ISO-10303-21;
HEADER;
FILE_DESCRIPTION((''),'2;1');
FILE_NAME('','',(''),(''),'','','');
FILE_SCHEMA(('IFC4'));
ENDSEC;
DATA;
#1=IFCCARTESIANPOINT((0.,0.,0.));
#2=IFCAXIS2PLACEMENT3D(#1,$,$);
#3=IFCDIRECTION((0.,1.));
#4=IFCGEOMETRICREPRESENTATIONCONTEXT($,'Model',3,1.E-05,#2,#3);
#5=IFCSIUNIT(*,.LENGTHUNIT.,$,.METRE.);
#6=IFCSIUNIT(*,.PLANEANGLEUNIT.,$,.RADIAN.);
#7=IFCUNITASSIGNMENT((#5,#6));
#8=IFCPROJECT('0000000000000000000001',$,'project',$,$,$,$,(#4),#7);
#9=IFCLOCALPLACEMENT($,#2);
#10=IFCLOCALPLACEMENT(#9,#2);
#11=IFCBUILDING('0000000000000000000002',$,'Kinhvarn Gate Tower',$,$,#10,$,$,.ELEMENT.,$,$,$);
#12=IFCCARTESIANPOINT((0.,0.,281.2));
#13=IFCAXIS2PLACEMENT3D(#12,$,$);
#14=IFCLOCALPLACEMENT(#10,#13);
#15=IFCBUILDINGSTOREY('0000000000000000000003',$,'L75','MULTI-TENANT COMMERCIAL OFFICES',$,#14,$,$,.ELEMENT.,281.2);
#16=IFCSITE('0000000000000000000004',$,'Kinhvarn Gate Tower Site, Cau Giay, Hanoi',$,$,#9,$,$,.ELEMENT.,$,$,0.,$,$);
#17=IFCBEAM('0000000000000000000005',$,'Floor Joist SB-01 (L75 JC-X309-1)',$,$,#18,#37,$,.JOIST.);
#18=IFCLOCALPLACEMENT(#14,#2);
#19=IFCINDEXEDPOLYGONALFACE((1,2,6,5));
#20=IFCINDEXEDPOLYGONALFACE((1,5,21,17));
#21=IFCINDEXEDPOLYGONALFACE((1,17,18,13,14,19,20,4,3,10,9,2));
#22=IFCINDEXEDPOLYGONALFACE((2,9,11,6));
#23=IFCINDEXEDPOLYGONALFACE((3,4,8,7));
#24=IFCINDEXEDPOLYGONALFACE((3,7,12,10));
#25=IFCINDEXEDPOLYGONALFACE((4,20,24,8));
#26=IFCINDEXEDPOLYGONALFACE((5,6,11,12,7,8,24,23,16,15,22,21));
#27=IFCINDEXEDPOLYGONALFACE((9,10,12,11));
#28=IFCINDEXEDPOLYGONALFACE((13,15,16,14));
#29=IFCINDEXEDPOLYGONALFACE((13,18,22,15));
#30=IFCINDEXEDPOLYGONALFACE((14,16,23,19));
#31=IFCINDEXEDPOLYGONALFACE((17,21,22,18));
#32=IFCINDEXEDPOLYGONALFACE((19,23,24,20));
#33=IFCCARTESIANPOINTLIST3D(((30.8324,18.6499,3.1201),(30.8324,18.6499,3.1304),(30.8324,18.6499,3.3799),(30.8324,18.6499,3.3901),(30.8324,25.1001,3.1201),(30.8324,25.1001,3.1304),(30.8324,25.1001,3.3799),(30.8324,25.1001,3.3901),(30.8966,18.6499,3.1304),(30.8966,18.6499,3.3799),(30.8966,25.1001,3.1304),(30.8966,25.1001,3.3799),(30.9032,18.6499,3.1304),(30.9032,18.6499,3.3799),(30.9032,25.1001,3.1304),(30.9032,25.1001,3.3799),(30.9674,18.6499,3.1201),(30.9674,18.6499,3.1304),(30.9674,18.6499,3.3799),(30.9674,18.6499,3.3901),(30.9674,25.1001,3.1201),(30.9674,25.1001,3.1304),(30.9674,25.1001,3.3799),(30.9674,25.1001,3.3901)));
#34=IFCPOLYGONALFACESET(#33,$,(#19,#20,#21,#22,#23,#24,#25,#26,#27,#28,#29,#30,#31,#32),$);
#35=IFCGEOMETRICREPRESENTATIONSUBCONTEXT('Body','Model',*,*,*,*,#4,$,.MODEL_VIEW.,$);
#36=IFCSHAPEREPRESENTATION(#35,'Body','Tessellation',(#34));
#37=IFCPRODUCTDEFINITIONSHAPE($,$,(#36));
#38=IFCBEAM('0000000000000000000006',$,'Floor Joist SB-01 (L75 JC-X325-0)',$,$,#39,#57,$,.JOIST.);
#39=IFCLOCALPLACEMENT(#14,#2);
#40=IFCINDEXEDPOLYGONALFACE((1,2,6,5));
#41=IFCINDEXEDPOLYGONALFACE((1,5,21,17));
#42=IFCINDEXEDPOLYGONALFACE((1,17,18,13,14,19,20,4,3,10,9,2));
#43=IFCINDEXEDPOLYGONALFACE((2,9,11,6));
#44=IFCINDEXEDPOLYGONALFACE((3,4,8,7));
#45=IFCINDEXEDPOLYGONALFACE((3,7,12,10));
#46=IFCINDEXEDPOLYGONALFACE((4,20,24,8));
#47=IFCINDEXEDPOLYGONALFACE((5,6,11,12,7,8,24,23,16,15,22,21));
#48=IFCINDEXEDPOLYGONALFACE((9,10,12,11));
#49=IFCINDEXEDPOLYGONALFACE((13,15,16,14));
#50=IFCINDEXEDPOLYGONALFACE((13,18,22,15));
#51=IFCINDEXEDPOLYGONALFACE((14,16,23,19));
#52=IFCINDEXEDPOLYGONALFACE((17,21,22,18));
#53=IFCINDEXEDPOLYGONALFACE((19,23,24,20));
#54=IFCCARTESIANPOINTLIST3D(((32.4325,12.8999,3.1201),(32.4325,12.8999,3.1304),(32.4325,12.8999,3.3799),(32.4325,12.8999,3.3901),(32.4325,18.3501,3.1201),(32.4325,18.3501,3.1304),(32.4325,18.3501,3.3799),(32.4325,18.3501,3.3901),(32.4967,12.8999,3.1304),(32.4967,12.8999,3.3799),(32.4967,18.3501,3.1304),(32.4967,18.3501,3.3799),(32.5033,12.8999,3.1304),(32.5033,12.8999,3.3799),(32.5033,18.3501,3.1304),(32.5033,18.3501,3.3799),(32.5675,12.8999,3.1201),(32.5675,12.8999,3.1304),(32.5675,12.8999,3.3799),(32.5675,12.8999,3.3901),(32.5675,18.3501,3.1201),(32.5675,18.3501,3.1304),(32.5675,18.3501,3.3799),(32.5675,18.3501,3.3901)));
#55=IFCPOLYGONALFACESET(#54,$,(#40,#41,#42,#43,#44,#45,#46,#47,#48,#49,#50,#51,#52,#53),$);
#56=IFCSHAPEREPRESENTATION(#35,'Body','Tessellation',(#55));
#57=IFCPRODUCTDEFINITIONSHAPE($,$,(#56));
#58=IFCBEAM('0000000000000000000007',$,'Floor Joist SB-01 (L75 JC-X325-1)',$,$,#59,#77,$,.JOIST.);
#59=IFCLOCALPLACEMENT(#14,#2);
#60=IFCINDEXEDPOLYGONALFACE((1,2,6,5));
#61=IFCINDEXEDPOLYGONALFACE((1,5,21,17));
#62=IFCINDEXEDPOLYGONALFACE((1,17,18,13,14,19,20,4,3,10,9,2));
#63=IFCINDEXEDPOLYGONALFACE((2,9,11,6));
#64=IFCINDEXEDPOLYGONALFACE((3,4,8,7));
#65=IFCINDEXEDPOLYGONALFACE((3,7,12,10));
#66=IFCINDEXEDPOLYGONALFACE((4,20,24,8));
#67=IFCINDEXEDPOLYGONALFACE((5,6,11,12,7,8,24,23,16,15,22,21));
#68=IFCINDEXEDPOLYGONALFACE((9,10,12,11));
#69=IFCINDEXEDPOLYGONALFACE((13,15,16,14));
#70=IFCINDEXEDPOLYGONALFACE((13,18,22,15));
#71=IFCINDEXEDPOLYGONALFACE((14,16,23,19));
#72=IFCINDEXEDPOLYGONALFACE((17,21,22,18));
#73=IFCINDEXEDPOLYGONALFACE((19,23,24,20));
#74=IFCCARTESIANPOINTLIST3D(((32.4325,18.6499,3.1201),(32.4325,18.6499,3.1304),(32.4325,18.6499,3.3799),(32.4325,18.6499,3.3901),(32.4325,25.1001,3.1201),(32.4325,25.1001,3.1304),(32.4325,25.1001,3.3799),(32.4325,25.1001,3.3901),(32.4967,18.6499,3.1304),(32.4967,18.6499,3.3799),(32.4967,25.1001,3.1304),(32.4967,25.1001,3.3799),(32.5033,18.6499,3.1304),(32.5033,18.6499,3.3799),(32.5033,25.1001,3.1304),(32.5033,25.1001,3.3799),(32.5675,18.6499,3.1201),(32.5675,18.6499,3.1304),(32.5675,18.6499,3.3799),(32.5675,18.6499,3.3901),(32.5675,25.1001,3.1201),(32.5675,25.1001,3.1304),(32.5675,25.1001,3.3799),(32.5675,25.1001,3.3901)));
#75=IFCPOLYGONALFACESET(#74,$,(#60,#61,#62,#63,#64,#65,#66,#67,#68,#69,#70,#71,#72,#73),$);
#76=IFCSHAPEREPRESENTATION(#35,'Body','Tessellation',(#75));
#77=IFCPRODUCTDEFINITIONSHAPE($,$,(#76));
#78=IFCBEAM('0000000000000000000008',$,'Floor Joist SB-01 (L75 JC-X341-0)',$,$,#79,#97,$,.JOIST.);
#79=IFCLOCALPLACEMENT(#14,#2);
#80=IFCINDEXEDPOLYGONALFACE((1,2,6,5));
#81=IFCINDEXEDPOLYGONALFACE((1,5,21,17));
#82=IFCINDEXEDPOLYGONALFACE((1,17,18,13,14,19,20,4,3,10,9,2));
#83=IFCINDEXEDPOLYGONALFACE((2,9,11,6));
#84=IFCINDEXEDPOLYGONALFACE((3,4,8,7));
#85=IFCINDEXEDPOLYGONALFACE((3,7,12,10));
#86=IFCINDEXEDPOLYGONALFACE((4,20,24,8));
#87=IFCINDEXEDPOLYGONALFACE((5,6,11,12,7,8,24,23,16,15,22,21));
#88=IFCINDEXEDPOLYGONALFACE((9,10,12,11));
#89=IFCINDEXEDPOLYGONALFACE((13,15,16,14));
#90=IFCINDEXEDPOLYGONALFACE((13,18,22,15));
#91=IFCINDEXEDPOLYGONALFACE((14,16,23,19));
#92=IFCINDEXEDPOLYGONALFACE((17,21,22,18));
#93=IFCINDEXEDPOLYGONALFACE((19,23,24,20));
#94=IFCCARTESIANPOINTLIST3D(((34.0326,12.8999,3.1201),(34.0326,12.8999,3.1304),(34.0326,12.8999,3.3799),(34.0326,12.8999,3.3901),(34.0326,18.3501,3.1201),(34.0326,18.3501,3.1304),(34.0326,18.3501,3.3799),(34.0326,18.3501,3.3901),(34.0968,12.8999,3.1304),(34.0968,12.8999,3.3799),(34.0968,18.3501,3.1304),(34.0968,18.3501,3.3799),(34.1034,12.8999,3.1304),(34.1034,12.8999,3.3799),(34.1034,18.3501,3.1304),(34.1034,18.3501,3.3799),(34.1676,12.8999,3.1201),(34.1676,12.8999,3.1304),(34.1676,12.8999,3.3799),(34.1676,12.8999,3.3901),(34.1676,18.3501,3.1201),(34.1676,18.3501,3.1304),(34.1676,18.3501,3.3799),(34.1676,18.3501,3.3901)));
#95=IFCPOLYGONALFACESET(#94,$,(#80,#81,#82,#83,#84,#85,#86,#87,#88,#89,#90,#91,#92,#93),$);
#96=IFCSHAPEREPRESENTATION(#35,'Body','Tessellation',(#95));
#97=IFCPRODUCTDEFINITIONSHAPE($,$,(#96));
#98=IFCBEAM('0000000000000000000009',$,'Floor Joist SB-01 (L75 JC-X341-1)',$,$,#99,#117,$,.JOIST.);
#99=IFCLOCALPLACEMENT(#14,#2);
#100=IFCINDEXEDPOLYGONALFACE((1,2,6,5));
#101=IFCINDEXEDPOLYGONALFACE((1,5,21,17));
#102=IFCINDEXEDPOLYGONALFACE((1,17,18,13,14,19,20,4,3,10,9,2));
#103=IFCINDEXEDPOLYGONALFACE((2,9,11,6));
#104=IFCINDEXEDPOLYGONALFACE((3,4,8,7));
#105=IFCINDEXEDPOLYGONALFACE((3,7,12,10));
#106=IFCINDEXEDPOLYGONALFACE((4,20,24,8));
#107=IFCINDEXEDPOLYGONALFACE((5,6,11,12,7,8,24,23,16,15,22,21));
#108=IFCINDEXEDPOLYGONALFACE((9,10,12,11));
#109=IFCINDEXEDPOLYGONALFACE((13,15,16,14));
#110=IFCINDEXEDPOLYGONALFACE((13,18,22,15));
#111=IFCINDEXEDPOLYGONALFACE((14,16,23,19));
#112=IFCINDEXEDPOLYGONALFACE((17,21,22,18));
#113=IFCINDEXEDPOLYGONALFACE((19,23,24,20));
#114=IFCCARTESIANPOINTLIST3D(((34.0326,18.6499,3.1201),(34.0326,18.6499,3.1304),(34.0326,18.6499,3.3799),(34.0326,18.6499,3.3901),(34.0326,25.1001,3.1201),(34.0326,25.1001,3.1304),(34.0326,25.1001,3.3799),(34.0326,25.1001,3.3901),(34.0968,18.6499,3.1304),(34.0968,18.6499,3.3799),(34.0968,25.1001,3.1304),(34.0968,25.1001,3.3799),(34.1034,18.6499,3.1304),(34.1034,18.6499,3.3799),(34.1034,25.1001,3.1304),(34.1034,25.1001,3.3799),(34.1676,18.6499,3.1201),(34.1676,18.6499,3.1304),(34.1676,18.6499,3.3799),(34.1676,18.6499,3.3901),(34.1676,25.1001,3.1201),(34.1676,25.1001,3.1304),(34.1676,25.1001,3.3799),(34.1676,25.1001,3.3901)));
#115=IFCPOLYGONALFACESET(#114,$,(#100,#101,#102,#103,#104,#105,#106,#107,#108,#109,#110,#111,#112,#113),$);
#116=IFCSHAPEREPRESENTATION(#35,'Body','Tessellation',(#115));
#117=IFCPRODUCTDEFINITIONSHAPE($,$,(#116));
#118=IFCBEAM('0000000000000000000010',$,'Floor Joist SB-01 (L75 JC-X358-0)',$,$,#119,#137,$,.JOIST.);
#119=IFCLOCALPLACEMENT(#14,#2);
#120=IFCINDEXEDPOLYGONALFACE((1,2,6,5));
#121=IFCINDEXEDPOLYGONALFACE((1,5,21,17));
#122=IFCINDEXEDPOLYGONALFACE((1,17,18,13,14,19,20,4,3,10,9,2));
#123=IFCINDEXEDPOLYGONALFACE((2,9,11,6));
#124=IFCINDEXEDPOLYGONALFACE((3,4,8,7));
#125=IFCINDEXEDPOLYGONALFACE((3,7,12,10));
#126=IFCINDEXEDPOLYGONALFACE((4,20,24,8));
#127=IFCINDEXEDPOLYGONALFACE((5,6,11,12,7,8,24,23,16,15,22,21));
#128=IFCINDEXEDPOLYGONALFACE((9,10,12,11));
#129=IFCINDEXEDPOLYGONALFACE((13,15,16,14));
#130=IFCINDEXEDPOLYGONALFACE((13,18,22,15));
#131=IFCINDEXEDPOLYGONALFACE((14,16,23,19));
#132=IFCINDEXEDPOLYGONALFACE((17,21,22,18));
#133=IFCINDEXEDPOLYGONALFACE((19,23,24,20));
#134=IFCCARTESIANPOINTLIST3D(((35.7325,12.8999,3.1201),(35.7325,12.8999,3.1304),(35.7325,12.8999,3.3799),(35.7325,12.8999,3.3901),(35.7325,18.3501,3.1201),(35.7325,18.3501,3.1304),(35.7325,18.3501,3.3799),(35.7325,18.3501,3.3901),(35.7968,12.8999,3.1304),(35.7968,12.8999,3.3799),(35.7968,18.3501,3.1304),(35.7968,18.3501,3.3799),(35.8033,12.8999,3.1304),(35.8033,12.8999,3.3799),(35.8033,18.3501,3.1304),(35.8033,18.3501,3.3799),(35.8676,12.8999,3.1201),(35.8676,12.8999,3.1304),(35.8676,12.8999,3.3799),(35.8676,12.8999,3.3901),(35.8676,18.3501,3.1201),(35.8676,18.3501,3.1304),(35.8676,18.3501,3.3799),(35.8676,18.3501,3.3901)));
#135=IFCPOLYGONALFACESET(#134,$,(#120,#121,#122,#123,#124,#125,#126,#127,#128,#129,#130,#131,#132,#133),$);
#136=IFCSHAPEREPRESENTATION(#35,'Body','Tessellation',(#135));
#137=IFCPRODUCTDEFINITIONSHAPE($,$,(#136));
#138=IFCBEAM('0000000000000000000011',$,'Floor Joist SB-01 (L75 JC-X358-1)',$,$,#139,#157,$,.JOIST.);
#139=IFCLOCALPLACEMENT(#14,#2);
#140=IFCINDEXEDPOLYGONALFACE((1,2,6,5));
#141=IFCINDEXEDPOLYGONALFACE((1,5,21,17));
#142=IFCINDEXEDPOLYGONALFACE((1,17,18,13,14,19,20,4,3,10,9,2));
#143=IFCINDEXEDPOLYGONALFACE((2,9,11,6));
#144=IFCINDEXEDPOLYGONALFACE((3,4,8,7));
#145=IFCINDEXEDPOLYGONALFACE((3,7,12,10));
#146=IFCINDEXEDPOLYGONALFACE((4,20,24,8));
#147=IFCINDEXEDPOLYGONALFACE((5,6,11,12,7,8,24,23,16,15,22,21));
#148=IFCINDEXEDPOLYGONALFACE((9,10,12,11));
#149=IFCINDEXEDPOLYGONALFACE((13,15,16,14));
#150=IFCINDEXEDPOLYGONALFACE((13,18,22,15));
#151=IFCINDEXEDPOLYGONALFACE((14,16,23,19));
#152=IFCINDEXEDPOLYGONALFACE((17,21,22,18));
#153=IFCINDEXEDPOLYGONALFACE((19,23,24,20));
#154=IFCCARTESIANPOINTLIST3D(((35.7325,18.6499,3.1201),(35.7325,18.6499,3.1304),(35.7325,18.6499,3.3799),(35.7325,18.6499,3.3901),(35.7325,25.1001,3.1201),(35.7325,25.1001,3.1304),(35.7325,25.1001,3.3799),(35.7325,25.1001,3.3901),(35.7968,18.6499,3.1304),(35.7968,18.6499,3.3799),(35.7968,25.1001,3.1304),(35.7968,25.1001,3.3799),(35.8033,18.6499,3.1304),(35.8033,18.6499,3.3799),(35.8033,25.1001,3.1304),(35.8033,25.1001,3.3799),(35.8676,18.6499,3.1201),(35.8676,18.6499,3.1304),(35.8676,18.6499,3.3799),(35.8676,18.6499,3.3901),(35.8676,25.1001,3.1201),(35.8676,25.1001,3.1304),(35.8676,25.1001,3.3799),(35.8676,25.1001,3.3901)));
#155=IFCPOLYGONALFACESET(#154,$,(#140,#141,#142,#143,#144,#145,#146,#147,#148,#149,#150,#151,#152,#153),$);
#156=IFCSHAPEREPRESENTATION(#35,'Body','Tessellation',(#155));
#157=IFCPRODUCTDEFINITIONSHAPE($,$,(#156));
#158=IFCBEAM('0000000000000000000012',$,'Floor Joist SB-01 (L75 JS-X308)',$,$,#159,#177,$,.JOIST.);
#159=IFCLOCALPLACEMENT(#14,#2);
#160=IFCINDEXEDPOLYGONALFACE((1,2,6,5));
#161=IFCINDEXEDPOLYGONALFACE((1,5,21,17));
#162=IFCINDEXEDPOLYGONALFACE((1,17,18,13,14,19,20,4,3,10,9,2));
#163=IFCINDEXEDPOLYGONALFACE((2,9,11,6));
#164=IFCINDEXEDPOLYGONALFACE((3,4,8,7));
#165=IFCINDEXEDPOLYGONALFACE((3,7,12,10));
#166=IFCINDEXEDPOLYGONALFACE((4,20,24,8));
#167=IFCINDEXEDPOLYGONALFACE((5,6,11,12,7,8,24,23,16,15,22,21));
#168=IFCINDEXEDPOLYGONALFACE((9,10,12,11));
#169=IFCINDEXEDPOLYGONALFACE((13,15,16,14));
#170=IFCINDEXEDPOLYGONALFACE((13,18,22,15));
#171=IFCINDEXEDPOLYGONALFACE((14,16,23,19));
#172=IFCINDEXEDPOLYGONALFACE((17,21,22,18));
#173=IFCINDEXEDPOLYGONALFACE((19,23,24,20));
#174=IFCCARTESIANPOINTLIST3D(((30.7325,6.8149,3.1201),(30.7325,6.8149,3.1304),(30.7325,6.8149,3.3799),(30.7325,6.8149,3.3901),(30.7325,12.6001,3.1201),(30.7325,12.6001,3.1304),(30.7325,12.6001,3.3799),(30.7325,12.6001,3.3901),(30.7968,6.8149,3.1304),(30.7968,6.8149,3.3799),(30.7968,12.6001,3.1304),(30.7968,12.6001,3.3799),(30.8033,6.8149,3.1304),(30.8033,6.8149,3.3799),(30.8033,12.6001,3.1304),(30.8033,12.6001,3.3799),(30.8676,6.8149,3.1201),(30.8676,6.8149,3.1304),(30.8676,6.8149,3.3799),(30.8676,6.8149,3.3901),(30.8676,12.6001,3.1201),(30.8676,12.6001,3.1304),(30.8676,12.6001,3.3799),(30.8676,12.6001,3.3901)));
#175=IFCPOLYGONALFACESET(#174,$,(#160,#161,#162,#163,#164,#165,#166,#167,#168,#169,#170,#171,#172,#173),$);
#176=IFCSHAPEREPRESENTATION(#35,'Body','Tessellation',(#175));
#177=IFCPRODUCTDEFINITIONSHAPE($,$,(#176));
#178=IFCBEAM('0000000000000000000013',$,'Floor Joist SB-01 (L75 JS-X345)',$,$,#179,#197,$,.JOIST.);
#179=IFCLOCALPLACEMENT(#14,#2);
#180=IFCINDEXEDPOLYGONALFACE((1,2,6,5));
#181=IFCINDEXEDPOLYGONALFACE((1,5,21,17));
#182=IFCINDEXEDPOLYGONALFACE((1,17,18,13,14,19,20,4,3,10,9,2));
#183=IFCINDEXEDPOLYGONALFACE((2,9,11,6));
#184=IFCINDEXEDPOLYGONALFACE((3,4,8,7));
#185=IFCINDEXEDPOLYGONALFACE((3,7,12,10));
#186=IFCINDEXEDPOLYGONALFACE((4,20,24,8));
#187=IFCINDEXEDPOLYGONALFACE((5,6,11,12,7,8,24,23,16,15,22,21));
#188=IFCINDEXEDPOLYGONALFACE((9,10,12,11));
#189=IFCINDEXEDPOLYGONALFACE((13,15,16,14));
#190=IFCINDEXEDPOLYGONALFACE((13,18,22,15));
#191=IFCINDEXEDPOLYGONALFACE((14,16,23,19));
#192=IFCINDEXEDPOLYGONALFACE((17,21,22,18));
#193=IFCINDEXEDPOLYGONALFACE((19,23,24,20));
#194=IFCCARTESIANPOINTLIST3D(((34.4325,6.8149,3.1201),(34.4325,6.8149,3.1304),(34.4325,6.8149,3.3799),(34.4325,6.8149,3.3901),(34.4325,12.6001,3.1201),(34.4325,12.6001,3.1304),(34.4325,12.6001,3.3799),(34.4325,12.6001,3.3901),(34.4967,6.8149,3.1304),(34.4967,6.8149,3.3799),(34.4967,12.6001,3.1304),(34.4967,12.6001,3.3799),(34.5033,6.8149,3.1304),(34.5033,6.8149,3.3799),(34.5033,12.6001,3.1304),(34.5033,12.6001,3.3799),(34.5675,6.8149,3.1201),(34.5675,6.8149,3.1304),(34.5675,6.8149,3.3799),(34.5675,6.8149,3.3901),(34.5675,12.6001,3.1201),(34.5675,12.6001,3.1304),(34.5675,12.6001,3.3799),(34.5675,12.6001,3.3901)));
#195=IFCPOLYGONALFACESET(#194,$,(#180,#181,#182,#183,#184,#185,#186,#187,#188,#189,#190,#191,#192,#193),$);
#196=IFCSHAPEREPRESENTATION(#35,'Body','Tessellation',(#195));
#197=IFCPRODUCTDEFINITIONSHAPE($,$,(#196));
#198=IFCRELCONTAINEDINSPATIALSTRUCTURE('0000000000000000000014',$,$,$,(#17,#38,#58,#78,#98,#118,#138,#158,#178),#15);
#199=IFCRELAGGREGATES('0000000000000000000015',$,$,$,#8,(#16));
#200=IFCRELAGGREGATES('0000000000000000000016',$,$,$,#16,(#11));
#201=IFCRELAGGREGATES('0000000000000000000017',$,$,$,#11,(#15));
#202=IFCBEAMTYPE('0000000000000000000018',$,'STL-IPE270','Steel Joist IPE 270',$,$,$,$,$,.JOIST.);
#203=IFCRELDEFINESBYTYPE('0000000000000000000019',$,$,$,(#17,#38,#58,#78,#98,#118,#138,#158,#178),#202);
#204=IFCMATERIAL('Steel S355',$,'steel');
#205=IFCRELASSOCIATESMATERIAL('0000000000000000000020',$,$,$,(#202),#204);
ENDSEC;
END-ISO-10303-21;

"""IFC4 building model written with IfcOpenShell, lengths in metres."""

from ifc_helpers import new_model, si_unit, direction, frame, origin, origin_2d, place, context, subcontext, project, spatial, i_section, extrude, material, material_profile, profile_set, type_object, element, save


model = new_model("IFC4")

# Units and contexts
model_context = context("Model", 3, precision=1e-05, world=origin(), true_north=direction((0.0, 1.0)))
body_context = subcontext(model_context, "Body", "Model", "MODEL_VIEW")
ifc_project = project(units=[si_unit("LENGTHUNIT", "METRE"), si_unit("PLANEANGLEUNIT", "RADIAN")], contexts=[model_context])

# Site, building, storey
site_placement = place(None, origin())
site = spatial("IfcSite", under=ifc_project, at=site_placement, Name="Kinhvarn Gate Tower Site, Cau Giay, Hanoi", CompositionType="ELEMENT", RefElevation=0.0)
building_placement = place(site_placement, origin())
building = spatial("IfcBuilding", under=site, at=building_placement, Name="Kinhvarn Gate Tower", CompositionType="ELEMENT")
storey_placement = place(building_placement, frame((0.0, 0.0, 281.2)))
storey = spatial("IfcBuildingStorey", under=building, at=storey_placement, Name="L75", Description="MULTI-TENANT COMMERCIAL OFFICES", CompositionType="ELEMENT", Elevation=281.2)

# Beams
ifc_material_1 = material(Name="Steel S355", Category="steel")
ifc_material_profile_1 = material_profile(ifc_material_1, i_section(OverallWidth=0.135, OverallDepth=0.27, WebThickness=0.0066, FlangeThickness=0.0103, at=origin_2d()), Name="IPE 270")
ifc_profile_set_1 = profile_set([ifc_material_profile_1], Name="Steel S355")
beam_type_1 = type_object("IfcBeamType", Name="STL-IPE270", Description="Steel Joist IPE 270", PredefinedType="JOIST", material=ifc_profile_set_1)
beam_1_placement = place(storey_placement, frame((30.8999, 18.6499, 3.2551), z_axis=(0.0, 1.0, 0.0), x_axis=(-1.0, 0.0, 0.0)))
element("IfcBeam", 1, at=beam_1_placement, inside=storey, type_object=beam_type_1, Name="Floor Joist SB-01 (L75 JC-X309-1)", PredefinedType="JOIST", context=body_context, shape_type="SweptSolid", body=[
    extrude(i_section(OverallWidth=0.135, OverallDepth=0.27, WebThickness=0.0066, FlangeThickness=0.0103, at=origin_2d()), origin(), (0.0, 0.0, 1.0), 6.4502),
])
beam_2_placement = place(storey_placement, frame((32.5, 12.8999, 3.2551), z_axis=(0.0, 1.0, 0.0), x_axis=(-1.0, 0.0, 0.0)))
element("IfcBeam", 2, at=beam_2_placement, inside=storey, type_object=beam_type_1, Name="Floor Joist SB-01 (L75 JC-X325-0)", PredefinedType="JOIST", context=body_context, shape_type="SweptSolid", body=[
    extrude(i_section(OverallWidth=0.135, OverallDepth=0.27, WebThickness=0.0066, FlangeThickness=0.0103, at=origin_2d()), origin(), (0.0, 0.0, 1.0), 5.4502),
])
beam_3_placement = place(storey_placement, frame((32.5, 18.6499, 3.2551), z_axis=(0.0, 1.0, 0.0), x_axis=(-1.0, 0.0, 0.0)))
element("IfcBeam", 3, at=beam_3_placement, inside=storey, type_object=beam_type_1, Name="Floor Joist SB-01 (L75 JC-X325-1)", PredefinedType="JOIST", context=body_context, shape_type="SweptSolid", body=[
    extrude(i_section(OverallWidth=0.135, OverallDepth=0.27, WebThickness=0.0066, FlangeThickness=0.0103, at=origin_2d()), origin(), (0.0, 0.0, 1.0), 6.4502),
])
beam_4_placement = place(storey_placement, frame((34.1001, 12.8999, 3.2551), z_axis=(0.0, 1.0, 0.0), x_axis=(-1.0, 0.0, 0.0)))
element("IfcBeam", 4, at=beam_4_placement, inside=storey, type_object=beam_type_1, Name="Floor Joist SB-01 (L75 JC-X341-0)", PredefinedType="JOIST", context=body_context, shape_type="SweptSolid", body=[
    extrude(i_section(OverallWidth=0.135, OverallDepth=0.27, WebThickness=0.0066, FlangeThickness=0.0103, at=origin_2d()), origin(), (0.0, 0.0, 1.0), 5.4502),
])
beam_5_placement = place(storey_placement, frame((34.1001, 18.6499, 3.2551), z_axis=(0.0, 1.0, 0.0), x_axis=(-1.0, 0.0, 0.0)))
element("IfcBeam", 5, at=beam_5_placement, inside=storey, type_object=beam_type_1, Name="Floor Joist SB-01 (L75 JC-X341-1)", PredefinedType="JOIST", context=body_context, shape_type="SweptSolid", body=[
    extrude(i_section(OverallWidth=0.135, OverallDepth=0.27, WebThickness=0.0066, FlangeThickness=0.0103, at=origin_2d()), origin(), (0.0, 0.0, 1.0), 6.4502),
])
beam_6_placement = place(storey_placement, frame((35.8, 12.8999, 3.2551), z_axis=(0.0, 1.0, 0.0), x_axis=(-1.0, 0.0, 0.0)))
element("IfcBeam", 6, at=beam_6_placement, inside=storey, type_object=beam_type_1, Name="Floor Joist SB-01 (L75 JC-X358-0)", PredefinedType="JOIST", context=body_context, shape_type="SweptSolid", body=[
    extrude(i_section(OverallWidth=0.135, OverallDepth=0.27, WebThickness=0.0066, FlangeThickness=0.0103, at=origin_2d()), origin(), (0.0, 0.0, 1.0), 5.4502),
])
beam_7_placement = place(storey_placement, frame((35.8, 18.6499, 3.2551), z_axis=(0.0, 1.0, 0.0), x_axis=(-1.0, 0.0, 0.0)))
element("IfcBeam", 7, at=beam_7_placement, inside=storey, type_object=beam_type_1, Name="Floor Joist SB-01 (L75 JC-X358-1)", PredefinedType="JOIST", context=body_context, shape_type="SweptSolid", body=[
    extrude(i_section(OverallWidth=0.135, OverallDepth=0.27, WebThickness=0.0066, FlangeThickness=0.0103, at=origin_2d()), origin(), (0.0, 0.0, 1.0), 6.4502),
])
for number, where, z_axis, x_axis, name in (
    (8, (30.8, 6.8149, 3.2551), (0.0, 1.0, 0.0), (-1.0, 0.0, 0.0), "Floor Joist SB-01 (L75 JS-X308)"),
    (9, (34.5, 6.8149, 3.2551), (0.0, 1.0, 0.0), (-1.0, 0.0, 0.0), "Floor Joist SB-01 (L75 JS-X345)"),
):
    element("IfcBeam", number, at=place(storey_placement, frame(where, z_axis=z_axis, x_axis=x_axis)), inside=storey, type_object=beam_type_1, Name=name, PredefinedType="JOIST", context=body_context, shape_type="SweptSolid", body=[
        extrude(i_section(OverallWidth=0.135, OverallDepth=0.27, WebThickness=0.0066, FlangeThickness=0.0103, at=origin_2d()), origin(), (0.0, 0.0, 1.0), 5.7852),
    ])

save(model, "model.ifc")
